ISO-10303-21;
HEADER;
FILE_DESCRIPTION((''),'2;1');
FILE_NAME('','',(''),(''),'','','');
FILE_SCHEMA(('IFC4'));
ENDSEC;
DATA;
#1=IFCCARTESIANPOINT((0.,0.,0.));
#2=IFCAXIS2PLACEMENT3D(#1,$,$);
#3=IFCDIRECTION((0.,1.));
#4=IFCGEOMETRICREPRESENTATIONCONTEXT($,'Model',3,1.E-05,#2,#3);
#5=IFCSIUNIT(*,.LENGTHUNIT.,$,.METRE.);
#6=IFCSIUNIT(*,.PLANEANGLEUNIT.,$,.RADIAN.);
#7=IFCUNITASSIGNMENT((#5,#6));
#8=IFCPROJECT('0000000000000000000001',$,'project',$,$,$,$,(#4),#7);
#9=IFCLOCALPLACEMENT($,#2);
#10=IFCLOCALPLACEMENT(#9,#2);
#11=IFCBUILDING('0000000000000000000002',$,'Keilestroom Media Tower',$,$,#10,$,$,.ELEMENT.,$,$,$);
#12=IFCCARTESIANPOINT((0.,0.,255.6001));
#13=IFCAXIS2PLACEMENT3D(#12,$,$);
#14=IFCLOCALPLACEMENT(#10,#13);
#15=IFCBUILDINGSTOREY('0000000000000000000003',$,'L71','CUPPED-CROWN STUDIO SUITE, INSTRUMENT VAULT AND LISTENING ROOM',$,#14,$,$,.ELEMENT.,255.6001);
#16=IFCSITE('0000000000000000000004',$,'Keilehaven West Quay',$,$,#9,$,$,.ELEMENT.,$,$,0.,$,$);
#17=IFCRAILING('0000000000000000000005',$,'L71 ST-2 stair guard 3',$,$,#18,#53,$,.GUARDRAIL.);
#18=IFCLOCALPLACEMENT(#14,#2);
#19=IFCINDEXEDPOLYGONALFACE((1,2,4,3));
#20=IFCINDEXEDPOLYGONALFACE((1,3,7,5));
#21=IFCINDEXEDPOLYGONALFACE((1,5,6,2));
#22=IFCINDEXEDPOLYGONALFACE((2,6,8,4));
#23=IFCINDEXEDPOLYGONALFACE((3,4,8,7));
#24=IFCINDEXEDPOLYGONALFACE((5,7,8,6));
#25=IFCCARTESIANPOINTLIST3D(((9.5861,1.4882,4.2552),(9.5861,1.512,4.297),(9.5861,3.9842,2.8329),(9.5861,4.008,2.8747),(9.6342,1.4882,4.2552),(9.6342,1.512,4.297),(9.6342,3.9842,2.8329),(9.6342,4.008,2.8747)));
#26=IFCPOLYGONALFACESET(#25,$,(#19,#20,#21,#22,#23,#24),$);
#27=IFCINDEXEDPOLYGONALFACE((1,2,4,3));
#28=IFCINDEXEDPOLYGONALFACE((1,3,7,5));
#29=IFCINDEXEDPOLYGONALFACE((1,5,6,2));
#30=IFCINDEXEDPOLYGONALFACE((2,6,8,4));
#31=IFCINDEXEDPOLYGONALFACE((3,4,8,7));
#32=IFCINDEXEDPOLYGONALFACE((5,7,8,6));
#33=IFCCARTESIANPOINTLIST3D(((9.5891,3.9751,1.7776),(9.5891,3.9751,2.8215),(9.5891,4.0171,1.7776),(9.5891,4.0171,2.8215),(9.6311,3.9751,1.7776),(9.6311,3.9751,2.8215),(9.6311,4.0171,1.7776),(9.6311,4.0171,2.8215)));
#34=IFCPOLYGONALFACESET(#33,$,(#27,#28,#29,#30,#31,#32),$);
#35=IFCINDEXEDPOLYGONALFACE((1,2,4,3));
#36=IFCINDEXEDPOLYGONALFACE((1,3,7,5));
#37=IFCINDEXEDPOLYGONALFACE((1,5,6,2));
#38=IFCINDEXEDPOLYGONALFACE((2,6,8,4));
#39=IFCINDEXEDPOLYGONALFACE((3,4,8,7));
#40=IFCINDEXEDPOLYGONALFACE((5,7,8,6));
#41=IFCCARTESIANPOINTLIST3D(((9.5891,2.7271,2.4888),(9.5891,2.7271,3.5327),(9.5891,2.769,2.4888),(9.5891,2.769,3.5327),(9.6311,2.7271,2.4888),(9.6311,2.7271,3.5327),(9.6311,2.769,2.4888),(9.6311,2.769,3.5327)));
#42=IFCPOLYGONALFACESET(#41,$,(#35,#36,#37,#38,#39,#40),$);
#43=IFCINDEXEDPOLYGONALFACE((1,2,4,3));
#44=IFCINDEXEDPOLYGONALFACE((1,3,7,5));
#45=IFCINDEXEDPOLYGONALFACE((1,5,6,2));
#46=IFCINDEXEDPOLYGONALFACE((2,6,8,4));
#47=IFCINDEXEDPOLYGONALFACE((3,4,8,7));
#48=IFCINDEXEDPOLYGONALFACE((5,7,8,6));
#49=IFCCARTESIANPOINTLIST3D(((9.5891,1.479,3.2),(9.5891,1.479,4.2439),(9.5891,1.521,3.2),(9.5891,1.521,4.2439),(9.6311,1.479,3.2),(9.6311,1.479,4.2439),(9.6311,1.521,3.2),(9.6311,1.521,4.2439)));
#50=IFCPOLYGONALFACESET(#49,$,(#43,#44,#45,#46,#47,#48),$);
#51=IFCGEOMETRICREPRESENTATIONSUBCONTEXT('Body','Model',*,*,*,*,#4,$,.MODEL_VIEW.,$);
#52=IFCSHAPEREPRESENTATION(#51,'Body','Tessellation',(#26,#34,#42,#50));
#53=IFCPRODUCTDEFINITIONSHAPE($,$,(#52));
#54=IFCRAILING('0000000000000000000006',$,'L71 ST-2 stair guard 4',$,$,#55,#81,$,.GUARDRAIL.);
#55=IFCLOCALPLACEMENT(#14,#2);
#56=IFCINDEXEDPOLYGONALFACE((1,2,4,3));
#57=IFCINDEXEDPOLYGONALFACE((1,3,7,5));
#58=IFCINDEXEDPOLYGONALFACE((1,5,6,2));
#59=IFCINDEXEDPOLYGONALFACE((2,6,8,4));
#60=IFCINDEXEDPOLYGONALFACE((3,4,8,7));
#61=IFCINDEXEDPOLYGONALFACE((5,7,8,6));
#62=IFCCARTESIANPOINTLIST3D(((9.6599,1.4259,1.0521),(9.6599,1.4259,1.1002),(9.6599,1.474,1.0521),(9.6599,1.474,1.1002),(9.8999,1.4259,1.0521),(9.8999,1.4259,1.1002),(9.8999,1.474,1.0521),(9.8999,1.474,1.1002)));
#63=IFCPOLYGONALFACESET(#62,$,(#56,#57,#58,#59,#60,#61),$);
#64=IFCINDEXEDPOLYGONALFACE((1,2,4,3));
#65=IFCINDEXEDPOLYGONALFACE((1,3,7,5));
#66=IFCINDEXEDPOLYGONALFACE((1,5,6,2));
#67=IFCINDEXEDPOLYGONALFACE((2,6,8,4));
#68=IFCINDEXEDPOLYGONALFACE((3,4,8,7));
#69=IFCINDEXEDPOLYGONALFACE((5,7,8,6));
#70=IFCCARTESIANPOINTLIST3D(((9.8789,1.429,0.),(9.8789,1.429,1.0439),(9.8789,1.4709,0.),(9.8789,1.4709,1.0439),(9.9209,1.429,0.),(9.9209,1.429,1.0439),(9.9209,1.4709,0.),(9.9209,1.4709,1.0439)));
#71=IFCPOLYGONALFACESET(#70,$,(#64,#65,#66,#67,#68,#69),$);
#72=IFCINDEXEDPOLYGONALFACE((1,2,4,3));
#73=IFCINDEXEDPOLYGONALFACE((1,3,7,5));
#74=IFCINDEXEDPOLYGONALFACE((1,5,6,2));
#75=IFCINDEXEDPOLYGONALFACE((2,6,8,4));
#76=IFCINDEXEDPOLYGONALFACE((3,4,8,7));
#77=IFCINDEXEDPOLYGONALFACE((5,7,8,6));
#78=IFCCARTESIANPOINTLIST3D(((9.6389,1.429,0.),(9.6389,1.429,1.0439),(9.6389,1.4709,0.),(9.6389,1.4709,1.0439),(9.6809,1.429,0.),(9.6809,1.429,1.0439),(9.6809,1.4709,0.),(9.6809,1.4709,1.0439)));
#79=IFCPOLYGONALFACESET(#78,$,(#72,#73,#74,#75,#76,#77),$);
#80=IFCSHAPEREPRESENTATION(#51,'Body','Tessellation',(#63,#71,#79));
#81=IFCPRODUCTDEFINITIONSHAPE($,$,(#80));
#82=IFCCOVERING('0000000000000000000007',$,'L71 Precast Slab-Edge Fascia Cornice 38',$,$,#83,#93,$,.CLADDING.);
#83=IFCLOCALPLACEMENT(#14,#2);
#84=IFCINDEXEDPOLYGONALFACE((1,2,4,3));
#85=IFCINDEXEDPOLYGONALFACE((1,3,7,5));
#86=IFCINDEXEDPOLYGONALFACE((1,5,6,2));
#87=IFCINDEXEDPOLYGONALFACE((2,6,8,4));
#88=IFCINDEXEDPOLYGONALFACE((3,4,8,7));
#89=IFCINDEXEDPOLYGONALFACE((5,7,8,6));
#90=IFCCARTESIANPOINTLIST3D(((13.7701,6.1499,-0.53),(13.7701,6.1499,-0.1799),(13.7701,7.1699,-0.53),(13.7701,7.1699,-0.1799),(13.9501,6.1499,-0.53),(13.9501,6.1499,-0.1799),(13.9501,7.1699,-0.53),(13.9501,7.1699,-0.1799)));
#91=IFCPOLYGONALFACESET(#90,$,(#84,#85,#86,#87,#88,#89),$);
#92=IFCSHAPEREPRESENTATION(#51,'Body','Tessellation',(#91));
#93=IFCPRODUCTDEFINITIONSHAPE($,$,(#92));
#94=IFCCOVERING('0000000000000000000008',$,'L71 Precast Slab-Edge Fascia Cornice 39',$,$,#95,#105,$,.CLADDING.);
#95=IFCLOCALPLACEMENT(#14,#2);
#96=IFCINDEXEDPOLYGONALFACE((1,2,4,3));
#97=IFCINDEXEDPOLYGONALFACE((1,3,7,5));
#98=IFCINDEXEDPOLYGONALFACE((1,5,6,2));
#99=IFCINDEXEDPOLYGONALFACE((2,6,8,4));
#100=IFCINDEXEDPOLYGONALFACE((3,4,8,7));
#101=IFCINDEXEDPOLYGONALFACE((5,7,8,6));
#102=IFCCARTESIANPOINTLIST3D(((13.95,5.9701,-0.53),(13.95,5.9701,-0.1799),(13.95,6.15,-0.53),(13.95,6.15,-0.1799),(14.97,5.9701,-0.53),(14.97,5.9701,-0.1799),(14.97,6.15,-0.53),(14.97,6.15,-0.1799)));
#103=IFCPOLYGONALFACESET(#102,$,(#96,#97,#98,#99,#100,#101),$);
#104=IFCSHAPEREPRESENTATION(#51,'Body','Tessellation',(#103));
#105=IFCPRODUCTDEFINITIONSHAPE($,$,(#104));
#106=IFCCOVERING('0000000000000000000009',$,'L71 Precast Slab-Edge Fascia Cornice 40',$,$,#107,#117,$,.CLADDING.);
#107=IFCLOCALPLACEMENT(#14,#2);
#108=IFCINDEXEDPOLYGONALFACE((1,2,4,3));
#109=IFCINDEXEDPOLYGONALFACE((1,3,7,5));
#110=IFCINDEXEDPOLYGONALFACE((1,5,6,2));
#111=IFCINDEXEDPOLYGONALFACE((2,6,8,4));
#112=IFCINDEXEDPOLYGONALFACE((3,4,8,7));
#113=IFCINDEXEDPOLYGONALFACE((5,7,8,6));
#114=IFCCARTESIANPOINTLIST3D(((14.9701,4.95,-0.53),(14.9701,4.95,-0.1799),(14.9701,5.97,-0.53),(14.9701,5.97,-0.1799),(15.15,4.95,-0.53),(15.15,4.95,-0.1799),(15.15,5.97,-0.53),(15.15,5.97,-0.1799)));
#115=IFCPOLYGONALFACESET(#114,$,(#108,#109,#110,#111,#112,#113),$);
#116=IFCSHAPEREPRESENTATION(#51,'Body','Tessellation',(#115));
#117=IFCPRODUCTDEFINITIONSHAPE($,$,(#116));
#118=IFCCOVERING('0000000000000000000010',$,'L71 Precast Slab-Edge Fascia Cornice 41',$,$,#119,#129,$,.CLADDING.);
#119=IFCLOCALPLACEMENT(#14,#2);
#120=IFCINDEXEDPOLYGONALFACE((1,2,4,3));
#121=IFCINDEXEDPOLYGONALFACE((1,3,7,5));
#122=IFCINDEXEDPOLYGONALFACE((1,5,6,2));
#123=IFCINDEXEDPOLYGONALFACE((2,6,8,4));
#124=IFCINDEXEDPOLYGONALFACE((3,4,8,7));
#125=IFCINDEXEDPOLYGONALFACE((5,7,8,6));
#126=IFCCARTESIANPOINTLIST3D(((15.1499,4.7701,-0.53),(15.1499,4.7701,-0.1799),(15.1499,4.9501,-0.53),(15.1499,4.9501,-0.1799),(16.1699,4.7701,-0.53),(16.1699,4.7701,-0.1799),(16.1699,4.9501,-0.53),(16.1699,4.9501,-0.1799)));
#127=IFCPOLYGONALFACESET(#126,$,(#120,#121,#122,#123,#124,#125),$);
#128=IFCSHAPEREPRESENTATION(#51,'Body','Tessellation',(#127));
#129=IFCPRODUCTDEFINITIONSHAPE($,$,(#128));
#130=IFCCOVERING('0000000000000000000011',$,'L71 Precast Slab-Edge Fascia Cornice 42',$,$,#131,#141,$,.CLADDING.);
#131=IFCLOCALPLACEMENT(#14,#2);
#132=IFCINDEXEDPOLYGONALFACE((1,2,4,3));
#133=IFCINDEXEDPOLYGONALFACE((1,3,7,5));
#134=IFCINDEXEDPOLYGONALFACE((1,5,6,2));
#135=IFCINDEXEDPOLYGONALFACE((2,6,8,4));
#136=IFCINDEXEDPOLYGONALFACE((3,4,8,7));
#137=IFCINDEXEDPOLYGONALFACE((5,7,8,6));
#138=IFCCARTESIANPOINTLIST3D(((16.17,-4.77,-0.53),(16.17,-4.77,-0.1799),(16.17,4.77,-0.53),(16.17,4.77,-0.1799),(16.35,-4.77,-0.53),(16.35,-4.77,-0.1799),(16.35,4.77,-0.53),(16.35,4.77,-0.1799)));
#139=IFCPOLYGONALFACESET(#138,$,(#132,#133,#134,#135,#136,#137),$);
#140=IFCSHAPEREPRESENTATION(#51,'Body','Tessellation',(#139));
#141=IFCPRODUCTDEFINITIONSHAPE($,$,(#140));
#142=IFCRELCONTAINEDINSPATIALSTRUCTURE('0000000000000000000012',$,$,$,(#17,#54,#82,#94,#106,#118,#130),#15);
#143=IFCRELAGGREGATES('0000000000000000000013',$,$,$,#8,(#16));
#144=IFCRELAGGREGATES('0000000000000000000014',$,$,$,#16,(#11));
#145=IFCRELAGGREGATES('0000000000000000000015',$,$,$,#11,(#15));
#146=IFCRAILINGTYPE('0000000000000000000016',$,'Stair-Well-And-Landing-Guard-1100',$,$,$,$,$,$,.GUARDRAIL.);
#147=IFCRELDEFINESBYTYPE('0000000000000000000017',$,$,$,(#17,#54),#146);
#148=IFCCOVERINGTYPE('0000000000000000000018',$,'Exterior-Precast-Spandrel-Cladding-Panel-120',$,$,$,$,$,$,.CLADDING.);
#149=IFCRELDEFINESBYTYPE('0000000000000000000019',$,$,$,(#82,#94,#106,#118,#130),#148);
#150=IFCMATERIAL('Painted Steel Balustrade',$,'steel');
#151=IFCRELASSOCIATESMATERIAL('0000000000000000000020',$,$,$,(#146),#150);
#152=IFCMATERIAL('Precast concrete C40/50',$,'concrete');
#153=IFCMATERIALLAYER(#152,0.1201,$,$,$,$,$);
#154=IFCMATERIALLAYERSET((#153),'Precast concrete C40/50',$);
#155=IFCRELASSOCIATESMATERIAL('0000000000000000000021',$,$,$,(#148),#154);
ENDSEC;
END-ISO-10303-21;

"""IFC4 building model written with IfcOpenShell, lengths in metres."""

from ifc_helpers import new_model, si_unit, direction, frame, origin, origin_2d, place, context, subcontext, project, spatial, rectangle, extrude, source, transform, mapped, material, layer, layer_set, type_object, element, save


model = new_model("IFC4")

# Units and contexts
model_context = context("Model", 3, precision=1e-05, world=origin(), true_north=direction((0.0, 1.0)))
body_context = subcontext(model_context, "Body", "Model", "MODEL_VIEW")
ifc_project = project(units=[si_unit("LENGTHUNIT", "METRE"), si_unit("PLANEANGLEUNIT", "RADIAN")], contexts=[model_context])

# Site, building, storey
site_placement = place(None, origin())
site = spatial("IfcSite", under=ifc_project, at=site_placement, Name="Keilehaven West Quay", CompositionType="ELEMENT", RefElevation=0.0)
building_placement = place(site_placement, origin())
building = spatial("IfcBuilding", under=site, at=building_placement, Name="Keilestroom Media Tower", CompositionType="ELEMENT")
storey_placement = place(building_placement, frame((0.0, 0.0, 255.6001)))
storey = spatial("IfcBuildingStorey", under=building, at=storey_placement, Name="L71", Description="CUPPED-CROWN STUDIO SUITE, INSTRUMENT VAULT AND LISTENING ROOM", CompositionType="ELEMENT", Elevation=255.6001)

# Shared definitions
ifc_material_1 = material(Name="Precast concrete C40/50", Category="concrete")

# Railings
ifc_material_2 = material(Name="Painted Steel Balustrade", Category="steel")
railing_type_1 = type_object("IfcRailingType", Name="Stair-Well-And-Landing-Guard-1100", PredefinedType="GUARDRAIL", material=ifc_material_2)
railing_1_placement = place(storey_placement, frame((9.6101, 3.9961, 1.7776)))
element("IfcRailing", 1, at=railing_1_placement, inside=storey, type_object=railing_type_1, Name="L71 ST-2 stair guard 3", PredefinedType="GUARDRAIL", context=body_context, shape_type="SweptSolid", body=[
    extrude(rectangle(XDim=0.0481, YDim=0.0481, at=origin_2d()), frame((0.0, 0.0, 1.0762), z_axis=(0.0, -0.868839, 0.495095), x_axis=(1.0, 0.0, 0.0)), (0.0, 0.0, 1.0), 2.8728),
    extrude(rectangle(XDim=0.042, YDim=0.042, at=origin_2d()), origin(), (0.0, 0.0, 1.0), 1.0439),
    extrude(rectangle(XDim=0.042, YDim=0.042, at=origin_2d()), frame((0.0, -1.248, 0.7112)), (0.0, 0.0, 1.0), 1.0439),
    extrude(rectangle(XDim=0.042, YDim=0.042, at=origin_2d()), frame((0.0, -2.4961, 1.4224)), (0.0, 0.0, 1.0), 1.0439),
])
railing_2_placement = place(storey_placement, frame((9.8999, 1.45, 0.0)))
element("IfcRailing", 2, at=railing_2_placement, inside=storey, type_object=railing_type_1, Name="L71 ST-2 stair guard 4", PredefinedType="GUARDRAIL", context=body_context, shape_type="SweptSolid", body=[
    extrude(rectangle(XDim=0.0481, YDim=0.0481, at=origin_2d()), frame((0.0, 0.0, 1.0762), z_axis=(-1.0, 0.0, 0.0), x_axis=(0.0, -1.0, 0.0)), (0.0, 0.0, 1.0), 0.24),
    extrude(rectangle(XDim=0.042, YDim=0.042, at=origin_2d()), origin(), (0.0, 0.0, 1.0), 1.0439),
    extrude(rectangle(XDim=0.042, YDim=0.042, at=origin_2d()), frame((-0.24, 0.0, 0.0)), (0.0, 0.0, 1.0), 1.0439),
])

# Coverings
ifc_layer_1 = layer(ifc_material_1, 0.1201)
ifc_layer_set_1 = layer_set([ifc_layer_1], Name="Precast concrete C40/50")
covering_type = type_object("IfcCoveringType", Name="Exterior-Precast-Spandrel-Cladding-Panel-120", PredefinedType="CLADDING", material=ifc_layer_set_1)
shared_shape_1 = source(origin(), body_context, "Body", "SweptSolid", [
    extrude(rectangle(XDim=1.02, YDim=0.1799, at=origin_2d()), origin(), (0.0, 0.0, 1.0), 0.3501),
])
for number, where, z_axis, x_axis, name in (
    (3, (13.8601, 6.6599, -0.53), (0.0, 0.0, 1.0), (0.0, -1.0, 0.0), "L71 Precast Slab-Edge Fascia Cornice 38"),
    (4, (14.46, 6.0601, -0.53), (0.0, 0.0, 1.0), (1.0, 0.0, 0.0), "L71 Precast Slab-Edge Fascia Cornice 39"),
    (5, (15.0601, 5.46, -0.53), (0.0, 0.0, 1.0), (0.0, -1.0, 0.0), "L71 Precast Slab-Edge Fascia Cornice 40"),
    (6, (15.6599, 4.8601, -0.53), (0.0, 0.0, 1.0), (1.0, 0.0, 0.0), "L71 Precast Slab-Edge Fascia Cornice 41"),
):
    element("IfcCovering", number, at=place(storey_placement, frame(where, z_axis=z_axis, x_axis=x_axis)), inside=storey, type_object=covering_type, Name=name, PredefinedType="CLADDING", context=body_context, shape_type="MappedRepresentation", body=[
        mapped(shared_shape_1, transform((0.0, 0.0, 0.0), x_axis=(1.0, 0.0, 0.0), y_axis=(0.0, 1.0, 0.0), z_axis=(0.0, 0.0, 1.0), scale=1.0)),
    ])
shared_shape_2 = source(origin(), body_context, "Body", "SweptSolid", [
    extrude(rectangle(XDim=9.54, YDim=0.1799, at=origin_2d()), origin(), (0.0, 0.0, 1.0), 0.3501),
])
covering_placement = place(storey_placement, frame((16.26, 0.0, -0.53), z_axis=(0.0, 0.0, 1.0), x_axis=(0.0, -1.0, 0.0)))
element("IfcCovering", 7, at=covering_placement, inside=storey, type_object=covering_type, Name="L71 Precast Slab-Edge Fascia Cornice 42", PredefinedType="CLADDING", context=body_context, shape_type="MappedRepresentation", body=[
    mapped(shared_shape_2, transform((0.0, 0.0, 0.0), x_axis=(1.0, 0.0, 0.0), y_axis=(0.0, 1.0, 0.0), z_axis=(0.0, 0.0, 1.0), scale=1.0)),
])

save(model, "model.ifc")
